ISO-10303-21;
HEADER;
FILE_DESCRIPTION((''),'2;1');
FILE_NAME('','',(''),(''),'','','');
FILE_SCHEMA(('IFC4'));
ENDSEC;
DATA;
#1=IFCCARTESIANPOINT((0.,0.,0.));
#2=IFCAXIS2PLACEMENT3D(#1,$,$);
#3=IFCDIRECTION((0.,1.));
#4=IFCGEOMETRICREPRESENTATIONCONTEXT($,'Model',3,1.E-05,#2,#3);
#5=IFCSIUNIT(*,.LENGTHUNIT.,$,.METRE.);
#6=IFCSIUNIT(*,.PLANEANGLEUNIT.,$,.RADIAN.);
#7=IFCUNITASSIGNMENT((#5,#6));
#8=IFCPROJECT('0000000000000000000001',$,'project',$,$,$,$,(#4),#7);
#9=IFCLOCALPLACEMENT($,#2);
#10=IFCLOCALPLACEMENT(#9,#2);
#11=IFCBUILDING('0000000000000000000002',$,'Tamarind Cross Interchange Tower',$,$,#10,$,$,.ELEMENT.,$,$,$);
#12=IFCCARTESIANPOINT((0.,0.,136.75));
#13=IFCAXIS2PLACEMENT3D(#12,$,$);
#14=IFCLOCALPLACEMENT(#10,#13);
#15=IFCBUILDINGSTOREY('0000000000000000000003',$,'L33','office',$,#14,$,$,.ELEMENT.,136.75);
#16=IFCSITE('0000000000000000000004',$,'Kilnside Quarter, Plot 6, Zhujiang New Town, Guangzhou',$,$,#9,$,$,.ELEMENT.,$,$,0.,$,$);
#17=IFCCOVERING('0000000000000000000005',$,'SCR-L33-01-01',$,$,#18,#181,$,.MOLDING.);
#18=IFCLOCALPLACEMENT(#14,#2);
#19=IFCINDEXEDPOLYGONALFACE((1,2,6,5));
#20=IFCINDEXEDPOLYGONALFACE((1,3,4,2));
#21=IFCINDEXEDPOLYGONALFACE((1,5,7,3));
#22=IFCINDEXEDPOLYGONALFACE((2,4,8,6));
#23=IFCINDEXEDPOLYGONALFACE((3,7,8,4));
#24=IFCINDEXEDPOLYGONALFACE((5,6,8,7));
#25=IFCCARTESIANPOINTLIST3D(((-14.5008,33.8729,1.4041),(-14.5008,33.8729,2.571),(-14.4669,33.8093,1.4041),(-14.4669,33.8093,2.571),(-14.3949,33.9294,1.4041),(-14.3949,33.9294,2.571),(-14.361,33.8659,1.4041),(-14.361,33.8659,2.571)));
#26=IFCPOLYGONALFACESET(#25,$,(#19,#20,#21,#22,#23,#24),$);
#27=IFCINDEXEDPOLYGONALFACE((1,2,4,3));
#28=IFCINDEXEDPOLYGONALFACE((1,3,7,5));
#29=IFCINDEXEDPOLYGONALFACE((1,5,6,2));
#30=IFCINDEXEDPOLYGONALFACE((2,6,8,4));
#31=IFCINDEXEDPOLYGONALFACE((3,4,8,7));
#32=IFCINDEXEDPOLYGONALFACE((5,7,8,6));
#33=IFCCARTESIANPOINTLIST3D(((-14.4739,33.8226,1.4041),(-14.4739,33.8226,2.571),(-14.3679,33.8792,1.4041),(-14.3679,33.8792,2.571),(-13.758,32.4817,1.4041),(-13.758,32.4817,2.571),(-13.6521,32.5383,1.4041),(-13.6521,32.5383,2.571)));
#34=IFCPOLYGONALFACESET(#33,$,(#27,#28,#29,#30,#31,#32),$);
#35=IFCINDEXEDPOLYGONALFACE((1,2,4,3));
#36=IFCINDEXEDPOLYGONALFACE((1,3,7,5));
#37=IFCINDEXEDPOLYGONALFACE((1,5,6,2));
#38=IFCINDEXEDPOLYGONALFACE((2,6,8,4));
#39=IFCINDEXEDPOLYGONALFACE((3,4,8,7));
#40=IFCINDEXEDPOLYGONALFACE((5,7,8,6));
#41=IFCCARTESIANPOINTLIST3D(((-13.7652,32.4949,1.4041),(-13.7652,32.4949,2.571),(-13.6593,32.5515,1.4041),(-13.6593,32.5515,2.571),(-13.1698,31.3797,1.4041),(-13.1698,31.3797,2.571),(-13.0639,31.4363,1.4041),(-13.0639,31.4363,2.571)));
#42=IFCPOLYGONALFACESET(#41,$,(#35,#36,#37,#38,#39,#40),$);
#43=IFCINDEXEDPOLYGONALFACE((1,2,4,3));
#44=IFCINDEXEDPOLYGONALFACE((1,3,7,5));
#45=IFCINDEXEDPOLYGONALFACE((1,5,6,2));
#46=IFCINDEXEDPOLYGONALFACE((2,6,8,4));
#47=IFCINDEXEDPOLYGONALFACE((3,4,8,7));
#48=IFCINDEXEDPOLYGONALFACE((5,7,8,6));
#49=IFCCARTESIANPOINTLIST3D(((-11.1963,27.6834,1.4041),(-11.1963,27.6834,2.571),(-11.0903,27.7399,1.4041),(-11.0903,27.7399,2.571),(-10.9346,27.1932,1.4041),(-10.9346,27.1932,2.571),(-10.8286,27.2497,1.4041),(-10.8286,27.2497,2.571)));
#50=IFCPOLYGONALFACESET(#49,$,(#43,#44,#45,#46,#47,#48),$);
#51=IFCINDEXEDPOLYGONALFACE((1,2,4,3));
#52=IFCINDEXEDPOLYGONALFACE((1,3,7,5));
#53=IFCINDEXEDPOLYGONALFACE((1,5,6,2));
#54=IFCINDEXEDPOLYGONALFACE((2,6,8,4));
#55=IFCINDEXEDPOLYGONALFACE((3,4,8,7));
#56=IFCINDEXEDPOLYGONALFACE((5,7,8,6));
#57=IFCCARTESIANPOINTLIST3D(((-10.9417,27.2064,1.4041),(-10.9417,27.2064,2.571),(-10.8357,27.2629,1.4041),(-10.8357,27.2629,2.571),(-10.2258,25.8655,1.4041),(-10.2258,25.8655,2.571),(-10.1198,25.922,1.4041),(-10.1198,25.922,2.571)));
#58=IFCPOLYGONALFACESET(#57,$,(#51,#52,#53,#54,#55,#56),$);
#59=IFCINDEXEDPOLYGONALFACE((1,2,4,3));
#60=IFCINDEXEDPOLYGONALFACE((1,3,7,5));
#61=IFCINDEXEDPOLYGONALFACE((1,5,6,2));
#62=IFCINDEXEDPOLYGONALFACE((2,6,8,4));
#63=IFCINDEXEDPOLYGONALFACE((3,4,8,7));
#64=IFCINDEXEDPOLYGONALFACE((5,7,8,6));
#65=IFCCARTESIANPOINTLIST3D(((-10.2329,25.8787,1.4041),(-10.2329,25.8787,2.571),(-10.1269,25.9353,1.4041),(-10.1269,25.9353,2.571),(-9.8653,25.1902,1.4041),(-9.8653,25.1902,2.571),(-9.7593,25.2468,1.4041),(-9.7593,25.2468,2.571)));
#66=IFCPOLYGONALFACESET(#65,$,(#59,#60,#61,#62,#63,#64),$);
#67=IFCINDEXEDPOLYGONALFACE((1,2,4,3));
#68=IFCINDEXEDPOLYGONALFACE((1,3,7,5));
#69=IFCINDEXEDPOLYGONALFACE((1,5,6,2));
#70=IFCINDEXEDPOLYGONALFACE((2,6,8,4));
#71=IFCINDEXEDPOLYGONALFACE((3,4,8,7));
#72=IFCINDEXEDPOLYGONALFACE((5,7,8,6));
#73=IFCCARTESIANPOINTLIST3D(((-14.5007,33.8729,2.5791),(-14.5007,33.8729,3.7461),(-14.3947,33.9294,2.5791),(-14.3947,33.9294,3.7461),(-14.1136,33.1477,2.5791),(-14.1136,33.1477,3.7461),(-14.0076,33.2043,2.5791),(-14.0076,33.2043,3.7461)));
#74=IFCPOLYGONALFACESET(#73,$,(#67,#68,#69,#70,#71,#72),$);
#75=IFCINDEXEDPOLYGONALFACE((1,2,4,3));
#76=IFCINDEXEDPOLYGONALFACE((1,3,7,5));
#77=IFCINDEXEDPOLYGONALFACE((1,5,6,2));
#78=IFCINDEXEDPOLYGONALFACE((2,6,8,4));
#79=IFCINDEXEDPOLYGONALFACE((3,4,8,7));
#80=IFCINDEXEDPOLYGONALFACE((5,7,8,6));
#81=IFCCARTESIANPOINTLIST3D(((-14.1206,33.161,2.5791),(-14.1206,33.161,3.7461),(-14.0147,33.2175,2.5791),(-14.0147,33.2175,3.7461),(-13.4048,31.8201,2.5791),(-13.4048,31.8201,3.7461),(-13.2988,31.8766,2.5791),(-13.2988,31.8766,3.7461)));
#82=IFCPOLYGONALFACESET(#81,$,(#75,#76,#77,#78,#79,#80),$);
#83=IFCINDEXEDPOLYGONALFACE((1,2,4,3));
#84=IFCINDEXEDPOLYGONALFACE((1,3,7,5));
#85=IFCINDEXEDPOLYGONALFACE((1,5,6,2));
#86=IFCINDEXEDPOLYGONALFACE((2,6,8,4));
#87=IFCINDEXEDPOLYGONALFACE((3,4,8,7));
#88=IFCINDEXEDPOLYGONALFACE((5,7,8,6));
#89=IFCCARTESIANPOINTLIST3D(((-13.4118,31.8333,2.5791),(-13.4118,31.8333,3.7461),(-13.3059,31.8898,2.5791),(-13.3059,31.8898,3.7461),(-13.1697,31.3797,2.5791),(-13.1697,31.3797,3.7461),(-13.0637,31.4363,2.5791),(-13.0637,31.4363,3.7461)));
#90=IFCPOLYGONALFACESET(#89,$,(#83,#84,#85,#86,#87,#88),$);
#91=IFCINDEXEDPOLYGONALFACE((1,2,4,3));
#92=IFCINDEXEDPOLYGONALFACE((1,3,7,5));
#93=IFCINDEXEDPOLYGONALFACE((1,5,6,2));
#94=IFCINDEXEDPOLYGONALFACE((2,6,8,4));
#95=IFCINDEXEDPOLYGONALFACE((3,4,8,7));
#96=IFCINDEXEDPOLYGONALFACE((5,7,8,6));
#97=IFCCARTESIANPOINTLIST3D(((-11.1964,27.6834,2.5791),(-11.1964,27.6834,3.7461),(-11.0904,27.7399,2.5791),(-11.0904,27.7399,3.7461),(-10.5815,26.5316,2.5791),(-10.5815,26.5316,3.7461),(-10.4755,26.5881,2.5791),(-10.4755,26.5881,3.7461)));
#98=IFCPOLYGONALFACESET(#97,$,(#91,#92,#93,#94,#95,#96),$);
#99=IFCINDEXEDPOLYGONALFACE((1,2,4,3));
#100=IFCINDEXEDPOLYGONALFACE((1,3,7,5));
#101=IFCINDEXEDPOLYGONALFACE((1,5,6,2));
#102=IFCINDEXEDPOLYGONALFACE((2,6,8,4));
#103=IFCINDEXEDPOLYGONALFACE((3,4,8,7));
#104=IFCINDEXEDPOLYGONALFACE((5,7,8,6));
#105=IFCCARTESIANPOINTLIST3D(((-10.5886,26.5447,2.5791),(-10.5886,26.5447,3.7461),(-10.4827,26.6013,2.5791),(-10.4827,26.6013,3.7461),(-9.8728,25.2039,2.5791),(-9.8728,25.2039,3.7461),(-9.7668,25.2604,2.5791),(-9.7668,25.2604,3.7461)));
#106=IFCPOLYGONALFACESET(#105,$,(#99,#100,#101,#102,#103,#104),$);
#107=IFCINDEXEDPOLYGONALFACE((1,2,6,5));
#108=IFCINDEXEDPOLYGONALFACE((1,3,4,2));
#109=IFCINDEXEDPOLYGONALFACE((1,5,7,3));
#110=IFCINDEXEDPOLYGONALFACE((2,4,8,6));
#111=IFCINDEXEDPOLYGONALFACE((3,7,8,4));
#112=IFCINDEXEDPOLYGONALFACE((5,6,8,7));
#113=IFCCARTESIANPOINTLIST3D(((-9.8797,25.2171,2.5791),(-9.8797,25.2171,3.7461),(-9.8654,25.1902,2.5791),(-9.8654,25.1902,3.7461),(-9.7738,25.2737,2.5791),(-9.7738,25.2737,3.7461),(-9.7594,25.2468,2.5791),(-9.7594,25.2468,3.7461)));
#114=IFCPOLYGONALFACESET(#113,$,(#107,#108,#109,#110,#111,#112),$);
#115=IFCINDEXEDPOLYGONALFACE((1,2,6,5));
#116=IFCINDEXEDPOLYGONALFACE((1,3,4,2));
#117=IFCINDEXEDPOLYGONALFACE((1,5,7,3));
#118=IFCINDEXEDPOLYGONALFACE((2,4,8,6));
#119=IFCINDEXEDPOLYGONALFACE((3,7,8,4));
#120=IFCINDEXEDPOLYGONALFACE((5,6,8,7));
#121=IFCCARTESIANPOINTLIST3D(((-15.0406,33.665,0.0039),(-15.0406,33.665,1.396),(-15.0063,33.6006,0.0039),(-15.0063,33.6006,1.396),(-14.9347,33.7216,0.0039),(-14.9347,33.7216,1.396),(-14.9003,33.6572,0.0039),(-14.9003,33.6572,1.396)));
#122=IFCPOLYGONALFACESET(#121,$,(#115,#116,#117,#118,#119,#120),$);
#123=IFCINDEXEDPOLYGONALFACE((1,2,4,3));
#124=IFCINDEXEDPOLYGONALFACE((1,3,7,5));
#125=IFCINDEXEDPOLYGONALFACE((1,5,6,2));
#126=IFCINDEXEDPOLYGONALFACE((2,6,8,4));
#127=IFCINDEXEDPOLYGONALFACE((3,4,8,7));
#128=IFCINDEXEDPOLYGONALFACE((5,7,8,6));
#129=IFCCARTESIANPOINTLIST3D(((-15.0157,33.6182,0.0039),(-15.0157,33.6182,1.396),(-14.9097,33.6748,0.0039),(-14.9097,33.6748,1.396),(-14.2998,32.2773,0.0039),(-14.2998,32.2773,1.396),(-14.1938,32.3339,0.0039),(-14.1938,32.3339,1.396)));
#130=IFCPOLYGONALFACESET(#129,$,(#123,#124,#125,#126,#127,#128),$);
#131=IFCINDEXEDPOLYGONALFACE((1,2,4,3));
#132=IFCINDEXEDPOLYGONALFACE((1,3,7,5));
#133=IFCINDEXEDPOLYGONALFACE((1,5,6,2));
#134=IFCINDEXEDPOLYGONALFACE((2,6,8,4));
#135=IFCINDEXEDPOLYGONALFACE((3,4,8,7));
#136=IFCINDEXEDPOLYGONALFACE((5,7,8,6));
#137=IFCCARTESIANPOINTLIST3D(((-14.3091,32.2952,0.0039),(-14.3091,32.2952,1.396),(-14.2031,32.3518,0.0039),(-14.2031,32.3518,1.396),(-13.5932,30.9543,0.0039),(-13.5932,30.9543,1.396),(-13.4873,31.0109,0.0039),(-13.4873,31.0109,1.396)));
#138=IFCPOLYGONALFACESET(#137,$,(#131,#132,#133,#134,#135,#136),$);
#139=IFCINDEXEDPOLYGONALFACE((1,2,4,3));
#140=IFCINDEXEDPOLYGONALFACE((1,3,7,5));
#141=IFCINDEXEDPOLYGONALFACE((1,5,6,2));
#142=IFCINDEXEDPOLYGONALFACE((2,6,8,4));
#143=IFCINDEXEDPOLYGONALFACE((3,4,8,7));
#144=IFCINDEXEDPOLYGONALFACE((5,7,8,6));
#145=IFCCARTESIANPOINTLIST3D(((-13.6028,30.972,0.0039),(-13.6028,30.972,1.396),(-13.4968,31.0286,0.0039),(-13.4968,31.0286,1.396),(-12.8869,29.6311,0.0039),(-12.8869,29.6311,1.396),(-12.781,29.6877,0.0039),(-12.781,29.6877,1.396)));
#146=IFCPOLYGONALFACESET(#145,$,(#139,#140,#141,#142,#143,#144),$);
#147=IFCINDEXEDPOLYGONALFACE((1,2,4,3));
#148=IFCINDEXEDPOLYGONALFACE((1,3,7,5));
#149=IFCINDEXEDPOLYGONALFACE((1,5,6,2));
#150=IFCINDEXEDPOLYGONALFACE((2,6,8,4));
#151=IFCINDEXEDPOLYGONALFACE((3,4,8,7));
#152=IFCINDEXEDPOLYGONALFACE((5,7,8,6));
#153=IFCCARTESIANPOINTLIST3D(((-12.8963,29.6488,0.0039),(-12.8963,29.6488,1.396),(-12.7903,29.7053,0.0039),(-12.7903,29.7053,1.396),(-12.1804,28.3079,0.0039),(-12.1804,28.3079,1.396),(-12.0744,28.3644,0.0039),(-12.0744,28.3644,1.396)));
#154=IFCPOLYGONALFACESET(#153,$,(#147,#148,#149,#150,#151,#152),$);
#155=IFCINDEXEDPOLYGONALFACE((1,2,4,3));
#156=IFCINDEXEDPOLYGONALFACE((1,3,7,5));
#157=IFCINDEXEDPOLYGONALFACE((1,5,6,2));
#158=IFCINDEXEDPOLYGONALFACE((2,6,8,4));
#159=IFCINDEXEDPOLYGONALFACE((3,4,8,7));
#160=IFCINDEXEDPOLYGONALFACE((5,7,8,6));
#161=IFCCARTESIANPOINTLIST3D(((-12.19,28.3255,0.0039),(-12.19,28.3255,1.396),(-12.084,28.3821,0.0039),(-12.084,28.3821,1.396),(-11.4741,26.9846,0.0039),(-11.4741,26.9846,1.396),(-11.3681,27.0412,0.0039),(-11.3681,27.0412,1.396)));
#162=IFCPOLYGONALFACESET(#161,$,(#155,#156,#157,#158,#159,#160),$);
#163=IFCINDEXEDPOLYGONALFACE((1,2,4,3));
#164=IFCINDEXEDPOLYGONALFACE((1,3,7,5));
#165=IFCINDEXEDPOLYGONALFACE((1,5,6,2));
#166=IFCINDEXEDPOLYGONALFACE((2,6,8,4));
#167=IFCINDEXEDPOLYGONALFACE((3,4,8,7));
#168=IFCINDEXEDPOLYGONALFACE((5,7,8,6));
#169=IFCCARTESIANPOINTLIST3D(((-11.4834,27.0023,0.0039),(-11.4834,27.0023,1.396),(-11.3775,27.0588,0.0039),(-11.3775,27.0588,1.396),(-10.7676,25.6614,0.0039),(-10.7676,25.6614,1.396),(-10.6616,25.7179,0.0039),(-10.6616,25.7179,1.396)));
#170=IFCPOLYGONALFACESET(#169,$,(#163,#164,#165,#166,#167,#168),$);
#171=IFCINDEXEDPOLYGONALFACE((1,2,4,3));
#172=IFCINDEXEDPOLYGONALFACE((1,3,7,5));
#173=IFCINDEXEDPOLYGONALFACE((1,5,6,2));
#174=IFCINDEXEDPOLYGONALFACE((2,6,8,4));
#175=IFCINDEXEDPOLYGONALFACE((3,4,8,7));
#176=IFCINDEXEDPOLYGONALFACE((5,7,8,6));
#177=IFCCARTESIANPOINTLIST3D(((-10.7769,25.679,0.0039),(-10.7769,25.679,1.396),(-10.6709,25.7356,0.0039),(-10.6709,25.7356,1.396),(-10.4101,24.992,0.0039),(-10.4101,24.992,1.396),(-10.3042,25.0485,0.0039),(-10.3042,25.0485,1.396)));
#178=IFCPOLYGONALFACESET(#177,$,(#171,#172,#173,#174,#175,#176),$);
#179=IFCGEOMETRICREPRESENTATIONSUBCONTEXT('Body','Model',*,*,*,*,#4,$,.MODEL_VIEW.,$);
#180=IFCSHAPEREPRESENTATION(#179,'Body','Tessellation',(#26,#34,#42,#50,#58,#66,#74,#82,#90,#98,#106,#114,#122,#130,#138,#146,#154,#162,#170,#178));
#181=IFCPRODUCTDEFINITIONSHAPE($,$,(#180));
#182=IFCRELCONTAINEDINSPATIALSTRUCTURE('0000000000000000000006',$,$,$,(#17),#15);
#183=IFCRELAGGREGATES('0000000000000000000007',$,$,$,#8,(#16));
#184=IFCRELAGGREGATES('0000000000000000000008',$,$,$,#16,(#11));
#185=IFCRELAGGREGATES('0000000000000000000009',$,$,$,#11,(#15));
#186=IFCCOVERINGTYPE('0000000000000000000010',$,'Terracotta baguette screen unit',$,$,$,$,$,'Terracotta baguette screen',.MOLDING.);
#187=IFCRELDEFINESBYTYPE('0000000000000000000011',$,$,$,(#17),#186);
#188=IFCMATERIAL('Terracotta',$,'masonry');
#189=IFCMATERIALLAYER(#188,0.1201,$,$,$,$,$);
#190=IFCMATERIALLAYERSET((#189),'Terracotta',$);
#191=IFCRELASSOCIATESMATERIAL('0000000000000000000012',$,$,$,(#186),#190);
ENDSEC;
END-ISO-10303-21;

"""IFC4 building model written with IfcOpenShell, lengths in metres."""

from ifc_helpers import new_model, si_unit, direction, frame, origin, origin_2d, place, context, subcontext, project, spatial, rectangle, extrude, material, layer, layer_set, type_object, element, save


model = new_model("IFC4")

# Units and contexts
model_context = context("Model", 3, precision=1e-05, world=origin(), true_north=direction((0.0, 1.0)))
body_context = subcontext(model_context, "Body", "Model", "MODEL_VIEW")
ifc_project = project(units=[si_unit("LENGTHUNIT", "METRE"), si_unit("PLANEANGLEUNIT", "RADIAN")], contexts=[model_context])

# Site, building, storey
site_placement = place(None, origin())
site = spatial("IfcSite", under=ifc_project, at=site_placement, Name="Kilnside Quarter, Plot 6, Zhujiang New Town, Guangzhou", CompositionType="ELEMENT", RefElevation=0.0)
building_placement = place(site_placement, origin())
building = spatial("IfcBuilding", under=site, at=building_placement, Name="Tamarind Cross Interchange Tower", CompositionType="ELEMENT")
storey_placement = place(building_placement, frame((0.0, 0.0, 136.75)))
storey = spatial("IfcBuildingStorey", under=building, at=storey_placement, Name="L33", Description="office", CompositionType="ELEMENT", Elevation=136.75)

# Covering
ifc_material_1 = material(Name="Terracotta", Category="masonry")
ifc_layer_1 = layer(ifc_material_1, 0.1201)
ifc_layer_set_1 = layer_set([ifc_layer_1], Name="Terracotta")
covering_type = type_object("IfcCoveringType", Name="Terracotta baguette screen unit", ElementType="Terracotta baguette screen", PredefinedType="MOLDING", material=ifc_layer_set_1)
covering_1_placement = place(storey_placement, origin())
element("IfcCovering", 1, at=covering_1_placement, inside=storey, type_object=covering_type, Name="SCR-L33-01-01", PredefinedType="MOLDING", context=body_context, shape_type="SweptSolid", body=[
    extrude(rectangle(XDim=0.072, YDim=0.1201, at=origin_2d()), frame((-14.4309, 33.8694, 1.4041), z_axis=(0.0, 0.0, 1.0), x_axis=(0.470959, -0.882155, 0.0)), (0.0, 0.0, 1.0), 1.167),
    extrude(rectangle(XDim=1.52, YDim=0.1201, at=origin_2d()), frame((-14.063, 33.1804, 1.4041), z_axis=(0.0, 0.0, 1.0), x_axis=(0.470959, -0.882155, 0.0)), (0.0, 0.0, 1.0), 1.167),
    extrude(rectangle(XDim=1.2642, YDim=0.1201, at=origin_2d()), frame((-13.4146, 31.9656, 1.4041), z_axis=(0.0, 0.0, 1.0), x_axis=(0.470959, -0.882155, 0.0)), (0.0, 0.0, 1.0), 1.167),
    extrude(rectangle(XDim=0.5557, YDim=0.1201, at=origin_2d()), frame((-11.0125, 27.4666, 1.4041), z_axis=(0.0, 0.0, 1.0), x_axis=(0.470959, -0.882155, 0.0)), (0.0, 0.0, 1.0), 1.167),
    extrude(rectangle(XDim=1.52, YDim=0.1201, at=origin_2d()), frame((-10.5308, 26.5642, 1.4041), z_axis=(0.0, 0.0, 1.0), x_axis=(0.470959, -0.882155, 0.0)), (0.0, 0.0, 1.0), 1.167),
    extrude(rectangle(XDim=0.7805, YDim=0.1201, at=origin_2d()), frame((-9.9961, 25.5627, 1.4041), z_axis=(0.0, 0.0, 1.0), x_axis=(0.470959, -0.882155, 0.0)), (0.0, 0.0, 1.0), 1.167),
    extrude(rectangle(XDim=0.822, YDim=0.1201, at=origin_2d()), frame((-14.2542, 33.5386, 2.5791), z_axis=(0.0, 0.0, 1.0), x_axis=(0.470959, -0.882155, 0.0)), (0.0, 0.0, 1.0), 1.167),
    extrude(rectangle(XDim=1.52, YDim=0.1201, at=origin_2d()), frame((-13.7097, 32.5188, 2.5791), z_axis=(0.0, 0.0, 1.0), x_axis=(0.470959, -0.882155, 0.0)), (0.0, 0.0, 1.0), 1.167),
    extrude(rectangle(XDim=0.5142, YDim=0.1201, at=origin_2d()), frame((-13.2378, 31.6348, 2.5791), z_axis=(0.0, 0.0, 1.0), x_axis=(0.470959, -0.882155, 0.0)), (0.0, 0.0, 1.0), 1.167),
    extrude(rectangle(XDim=1.3057, YDim=0.1201, at=origin_2d()), frame((-10.8359, 27.1357, 2.5791), z_axis=(0.0, 0.0, 1.0), x_axis=(0.470959, -0.882155, 0.0)), (0.0, 0.0, 1.0), 1.167),
    extrude(rectangle(XDim=1.52, YDim=0.1201, at=origin_2d()), frame((-10.1777, 25.9026, 2.5791), z_axis=(0.0, 0.0, 1.0), x_axis=(0.470959, -0.882155, 0.0)), (0.0, 0.0, 1.0), 1.167),
    extrude(rectangle(XDim=0.0305, YDim=0.1201, at=origin_2d()), frame((-9.8196, 25.2319, 2.5791), z_axis=(0.0, 0.0, 1.0), x_axis=(0.470959, -0.882155, 0.0)), (0.0, 0.0, 1.0), 1.167),
    extrude(rectangle(XDim=0.073, YDim=0.1201, at=origin_2d()), frame((-14.9705, 33.6611, 0.0039), z_axis=(0.0, 0.0, 1.0), x_axis=(0.470959, -0.882155, 0.0)), (0.0, 0.0, 1.0), 1.3921),
    extrude(rectangle(XDim=1.52, YDim=0.1201, at=origin_2d()), frame((-14.6047, 32.9761, 0.0039), z_axis=(0.0, 0.0, 1.0), x_axis=(0.470959, -0.882155, 0.0)), (0.0, 0.0, 1.0), 1.3921),
    extrude(rectangle(XDim=1.52, YDim=0.1201, at=origin_2d()), frame((-13.8982, 31.6531, 0.0039), z_axis=(0.0, 0.0, 1.0), x_axis=(0.470959, -0.882155, 0.0)), (0.0, 0.0, 1.0), 1.3921),
    extrude(rectangle(XDim=1.52, YDim=0.1201, at=origin_2d()), frame((-13.1919, 30.3298, 0.0039), z_axis=(0.0, 0.0, 1.0), x_axis=(0.470959, -0.882155, 0.0)), (0.0, 0.0, 1.0), 1.3921),
    extrude(rectangle(XDim=1.52, YDim=0.1201, at=origin_2d()), frame((-12.4854, 29.0066, 0.0039), z_axis=(0.0, 0.0, 1.0), x_axis=(0.470959, -0.882155, 0.0)), (0.0, 0.0, 1.0), 1.3921),
    extrude(rectangle(XDim=1.52, YDim=0.1201, at=origin_2d()), frame((-11.7791, 27.6833, 0.0039), z_axis=(0.0, 0.0, 1.0), x_axis=(0.470959, -0.882155, 0.0)), (0.0, 0.0, 1.0), 1.3921),
    extrude(rectangle(XDim=1.52, YDim=0.1201, at=origin_2d()), frame((-11.0725, 26.3601, 0.0039), z_axis=(0.0, 0.0, 1.0), x_axis=(0.470959, -0.882155, 0.0)), (0.0, 0.0, 1.0), 1.3921),
    extrude(rectangle(XDim=0.7788, YDim=0.1201, at=origin_2d()), frame((-10.5405, 25.3638, 0.0039), z_axis=(0.0, 0.0, 1.0), x_axis=(0.470959, -0.882155, 0.0)), (0.0, 0.0, 1.0), 1.3921),
])

save(model, "model.ifc")
